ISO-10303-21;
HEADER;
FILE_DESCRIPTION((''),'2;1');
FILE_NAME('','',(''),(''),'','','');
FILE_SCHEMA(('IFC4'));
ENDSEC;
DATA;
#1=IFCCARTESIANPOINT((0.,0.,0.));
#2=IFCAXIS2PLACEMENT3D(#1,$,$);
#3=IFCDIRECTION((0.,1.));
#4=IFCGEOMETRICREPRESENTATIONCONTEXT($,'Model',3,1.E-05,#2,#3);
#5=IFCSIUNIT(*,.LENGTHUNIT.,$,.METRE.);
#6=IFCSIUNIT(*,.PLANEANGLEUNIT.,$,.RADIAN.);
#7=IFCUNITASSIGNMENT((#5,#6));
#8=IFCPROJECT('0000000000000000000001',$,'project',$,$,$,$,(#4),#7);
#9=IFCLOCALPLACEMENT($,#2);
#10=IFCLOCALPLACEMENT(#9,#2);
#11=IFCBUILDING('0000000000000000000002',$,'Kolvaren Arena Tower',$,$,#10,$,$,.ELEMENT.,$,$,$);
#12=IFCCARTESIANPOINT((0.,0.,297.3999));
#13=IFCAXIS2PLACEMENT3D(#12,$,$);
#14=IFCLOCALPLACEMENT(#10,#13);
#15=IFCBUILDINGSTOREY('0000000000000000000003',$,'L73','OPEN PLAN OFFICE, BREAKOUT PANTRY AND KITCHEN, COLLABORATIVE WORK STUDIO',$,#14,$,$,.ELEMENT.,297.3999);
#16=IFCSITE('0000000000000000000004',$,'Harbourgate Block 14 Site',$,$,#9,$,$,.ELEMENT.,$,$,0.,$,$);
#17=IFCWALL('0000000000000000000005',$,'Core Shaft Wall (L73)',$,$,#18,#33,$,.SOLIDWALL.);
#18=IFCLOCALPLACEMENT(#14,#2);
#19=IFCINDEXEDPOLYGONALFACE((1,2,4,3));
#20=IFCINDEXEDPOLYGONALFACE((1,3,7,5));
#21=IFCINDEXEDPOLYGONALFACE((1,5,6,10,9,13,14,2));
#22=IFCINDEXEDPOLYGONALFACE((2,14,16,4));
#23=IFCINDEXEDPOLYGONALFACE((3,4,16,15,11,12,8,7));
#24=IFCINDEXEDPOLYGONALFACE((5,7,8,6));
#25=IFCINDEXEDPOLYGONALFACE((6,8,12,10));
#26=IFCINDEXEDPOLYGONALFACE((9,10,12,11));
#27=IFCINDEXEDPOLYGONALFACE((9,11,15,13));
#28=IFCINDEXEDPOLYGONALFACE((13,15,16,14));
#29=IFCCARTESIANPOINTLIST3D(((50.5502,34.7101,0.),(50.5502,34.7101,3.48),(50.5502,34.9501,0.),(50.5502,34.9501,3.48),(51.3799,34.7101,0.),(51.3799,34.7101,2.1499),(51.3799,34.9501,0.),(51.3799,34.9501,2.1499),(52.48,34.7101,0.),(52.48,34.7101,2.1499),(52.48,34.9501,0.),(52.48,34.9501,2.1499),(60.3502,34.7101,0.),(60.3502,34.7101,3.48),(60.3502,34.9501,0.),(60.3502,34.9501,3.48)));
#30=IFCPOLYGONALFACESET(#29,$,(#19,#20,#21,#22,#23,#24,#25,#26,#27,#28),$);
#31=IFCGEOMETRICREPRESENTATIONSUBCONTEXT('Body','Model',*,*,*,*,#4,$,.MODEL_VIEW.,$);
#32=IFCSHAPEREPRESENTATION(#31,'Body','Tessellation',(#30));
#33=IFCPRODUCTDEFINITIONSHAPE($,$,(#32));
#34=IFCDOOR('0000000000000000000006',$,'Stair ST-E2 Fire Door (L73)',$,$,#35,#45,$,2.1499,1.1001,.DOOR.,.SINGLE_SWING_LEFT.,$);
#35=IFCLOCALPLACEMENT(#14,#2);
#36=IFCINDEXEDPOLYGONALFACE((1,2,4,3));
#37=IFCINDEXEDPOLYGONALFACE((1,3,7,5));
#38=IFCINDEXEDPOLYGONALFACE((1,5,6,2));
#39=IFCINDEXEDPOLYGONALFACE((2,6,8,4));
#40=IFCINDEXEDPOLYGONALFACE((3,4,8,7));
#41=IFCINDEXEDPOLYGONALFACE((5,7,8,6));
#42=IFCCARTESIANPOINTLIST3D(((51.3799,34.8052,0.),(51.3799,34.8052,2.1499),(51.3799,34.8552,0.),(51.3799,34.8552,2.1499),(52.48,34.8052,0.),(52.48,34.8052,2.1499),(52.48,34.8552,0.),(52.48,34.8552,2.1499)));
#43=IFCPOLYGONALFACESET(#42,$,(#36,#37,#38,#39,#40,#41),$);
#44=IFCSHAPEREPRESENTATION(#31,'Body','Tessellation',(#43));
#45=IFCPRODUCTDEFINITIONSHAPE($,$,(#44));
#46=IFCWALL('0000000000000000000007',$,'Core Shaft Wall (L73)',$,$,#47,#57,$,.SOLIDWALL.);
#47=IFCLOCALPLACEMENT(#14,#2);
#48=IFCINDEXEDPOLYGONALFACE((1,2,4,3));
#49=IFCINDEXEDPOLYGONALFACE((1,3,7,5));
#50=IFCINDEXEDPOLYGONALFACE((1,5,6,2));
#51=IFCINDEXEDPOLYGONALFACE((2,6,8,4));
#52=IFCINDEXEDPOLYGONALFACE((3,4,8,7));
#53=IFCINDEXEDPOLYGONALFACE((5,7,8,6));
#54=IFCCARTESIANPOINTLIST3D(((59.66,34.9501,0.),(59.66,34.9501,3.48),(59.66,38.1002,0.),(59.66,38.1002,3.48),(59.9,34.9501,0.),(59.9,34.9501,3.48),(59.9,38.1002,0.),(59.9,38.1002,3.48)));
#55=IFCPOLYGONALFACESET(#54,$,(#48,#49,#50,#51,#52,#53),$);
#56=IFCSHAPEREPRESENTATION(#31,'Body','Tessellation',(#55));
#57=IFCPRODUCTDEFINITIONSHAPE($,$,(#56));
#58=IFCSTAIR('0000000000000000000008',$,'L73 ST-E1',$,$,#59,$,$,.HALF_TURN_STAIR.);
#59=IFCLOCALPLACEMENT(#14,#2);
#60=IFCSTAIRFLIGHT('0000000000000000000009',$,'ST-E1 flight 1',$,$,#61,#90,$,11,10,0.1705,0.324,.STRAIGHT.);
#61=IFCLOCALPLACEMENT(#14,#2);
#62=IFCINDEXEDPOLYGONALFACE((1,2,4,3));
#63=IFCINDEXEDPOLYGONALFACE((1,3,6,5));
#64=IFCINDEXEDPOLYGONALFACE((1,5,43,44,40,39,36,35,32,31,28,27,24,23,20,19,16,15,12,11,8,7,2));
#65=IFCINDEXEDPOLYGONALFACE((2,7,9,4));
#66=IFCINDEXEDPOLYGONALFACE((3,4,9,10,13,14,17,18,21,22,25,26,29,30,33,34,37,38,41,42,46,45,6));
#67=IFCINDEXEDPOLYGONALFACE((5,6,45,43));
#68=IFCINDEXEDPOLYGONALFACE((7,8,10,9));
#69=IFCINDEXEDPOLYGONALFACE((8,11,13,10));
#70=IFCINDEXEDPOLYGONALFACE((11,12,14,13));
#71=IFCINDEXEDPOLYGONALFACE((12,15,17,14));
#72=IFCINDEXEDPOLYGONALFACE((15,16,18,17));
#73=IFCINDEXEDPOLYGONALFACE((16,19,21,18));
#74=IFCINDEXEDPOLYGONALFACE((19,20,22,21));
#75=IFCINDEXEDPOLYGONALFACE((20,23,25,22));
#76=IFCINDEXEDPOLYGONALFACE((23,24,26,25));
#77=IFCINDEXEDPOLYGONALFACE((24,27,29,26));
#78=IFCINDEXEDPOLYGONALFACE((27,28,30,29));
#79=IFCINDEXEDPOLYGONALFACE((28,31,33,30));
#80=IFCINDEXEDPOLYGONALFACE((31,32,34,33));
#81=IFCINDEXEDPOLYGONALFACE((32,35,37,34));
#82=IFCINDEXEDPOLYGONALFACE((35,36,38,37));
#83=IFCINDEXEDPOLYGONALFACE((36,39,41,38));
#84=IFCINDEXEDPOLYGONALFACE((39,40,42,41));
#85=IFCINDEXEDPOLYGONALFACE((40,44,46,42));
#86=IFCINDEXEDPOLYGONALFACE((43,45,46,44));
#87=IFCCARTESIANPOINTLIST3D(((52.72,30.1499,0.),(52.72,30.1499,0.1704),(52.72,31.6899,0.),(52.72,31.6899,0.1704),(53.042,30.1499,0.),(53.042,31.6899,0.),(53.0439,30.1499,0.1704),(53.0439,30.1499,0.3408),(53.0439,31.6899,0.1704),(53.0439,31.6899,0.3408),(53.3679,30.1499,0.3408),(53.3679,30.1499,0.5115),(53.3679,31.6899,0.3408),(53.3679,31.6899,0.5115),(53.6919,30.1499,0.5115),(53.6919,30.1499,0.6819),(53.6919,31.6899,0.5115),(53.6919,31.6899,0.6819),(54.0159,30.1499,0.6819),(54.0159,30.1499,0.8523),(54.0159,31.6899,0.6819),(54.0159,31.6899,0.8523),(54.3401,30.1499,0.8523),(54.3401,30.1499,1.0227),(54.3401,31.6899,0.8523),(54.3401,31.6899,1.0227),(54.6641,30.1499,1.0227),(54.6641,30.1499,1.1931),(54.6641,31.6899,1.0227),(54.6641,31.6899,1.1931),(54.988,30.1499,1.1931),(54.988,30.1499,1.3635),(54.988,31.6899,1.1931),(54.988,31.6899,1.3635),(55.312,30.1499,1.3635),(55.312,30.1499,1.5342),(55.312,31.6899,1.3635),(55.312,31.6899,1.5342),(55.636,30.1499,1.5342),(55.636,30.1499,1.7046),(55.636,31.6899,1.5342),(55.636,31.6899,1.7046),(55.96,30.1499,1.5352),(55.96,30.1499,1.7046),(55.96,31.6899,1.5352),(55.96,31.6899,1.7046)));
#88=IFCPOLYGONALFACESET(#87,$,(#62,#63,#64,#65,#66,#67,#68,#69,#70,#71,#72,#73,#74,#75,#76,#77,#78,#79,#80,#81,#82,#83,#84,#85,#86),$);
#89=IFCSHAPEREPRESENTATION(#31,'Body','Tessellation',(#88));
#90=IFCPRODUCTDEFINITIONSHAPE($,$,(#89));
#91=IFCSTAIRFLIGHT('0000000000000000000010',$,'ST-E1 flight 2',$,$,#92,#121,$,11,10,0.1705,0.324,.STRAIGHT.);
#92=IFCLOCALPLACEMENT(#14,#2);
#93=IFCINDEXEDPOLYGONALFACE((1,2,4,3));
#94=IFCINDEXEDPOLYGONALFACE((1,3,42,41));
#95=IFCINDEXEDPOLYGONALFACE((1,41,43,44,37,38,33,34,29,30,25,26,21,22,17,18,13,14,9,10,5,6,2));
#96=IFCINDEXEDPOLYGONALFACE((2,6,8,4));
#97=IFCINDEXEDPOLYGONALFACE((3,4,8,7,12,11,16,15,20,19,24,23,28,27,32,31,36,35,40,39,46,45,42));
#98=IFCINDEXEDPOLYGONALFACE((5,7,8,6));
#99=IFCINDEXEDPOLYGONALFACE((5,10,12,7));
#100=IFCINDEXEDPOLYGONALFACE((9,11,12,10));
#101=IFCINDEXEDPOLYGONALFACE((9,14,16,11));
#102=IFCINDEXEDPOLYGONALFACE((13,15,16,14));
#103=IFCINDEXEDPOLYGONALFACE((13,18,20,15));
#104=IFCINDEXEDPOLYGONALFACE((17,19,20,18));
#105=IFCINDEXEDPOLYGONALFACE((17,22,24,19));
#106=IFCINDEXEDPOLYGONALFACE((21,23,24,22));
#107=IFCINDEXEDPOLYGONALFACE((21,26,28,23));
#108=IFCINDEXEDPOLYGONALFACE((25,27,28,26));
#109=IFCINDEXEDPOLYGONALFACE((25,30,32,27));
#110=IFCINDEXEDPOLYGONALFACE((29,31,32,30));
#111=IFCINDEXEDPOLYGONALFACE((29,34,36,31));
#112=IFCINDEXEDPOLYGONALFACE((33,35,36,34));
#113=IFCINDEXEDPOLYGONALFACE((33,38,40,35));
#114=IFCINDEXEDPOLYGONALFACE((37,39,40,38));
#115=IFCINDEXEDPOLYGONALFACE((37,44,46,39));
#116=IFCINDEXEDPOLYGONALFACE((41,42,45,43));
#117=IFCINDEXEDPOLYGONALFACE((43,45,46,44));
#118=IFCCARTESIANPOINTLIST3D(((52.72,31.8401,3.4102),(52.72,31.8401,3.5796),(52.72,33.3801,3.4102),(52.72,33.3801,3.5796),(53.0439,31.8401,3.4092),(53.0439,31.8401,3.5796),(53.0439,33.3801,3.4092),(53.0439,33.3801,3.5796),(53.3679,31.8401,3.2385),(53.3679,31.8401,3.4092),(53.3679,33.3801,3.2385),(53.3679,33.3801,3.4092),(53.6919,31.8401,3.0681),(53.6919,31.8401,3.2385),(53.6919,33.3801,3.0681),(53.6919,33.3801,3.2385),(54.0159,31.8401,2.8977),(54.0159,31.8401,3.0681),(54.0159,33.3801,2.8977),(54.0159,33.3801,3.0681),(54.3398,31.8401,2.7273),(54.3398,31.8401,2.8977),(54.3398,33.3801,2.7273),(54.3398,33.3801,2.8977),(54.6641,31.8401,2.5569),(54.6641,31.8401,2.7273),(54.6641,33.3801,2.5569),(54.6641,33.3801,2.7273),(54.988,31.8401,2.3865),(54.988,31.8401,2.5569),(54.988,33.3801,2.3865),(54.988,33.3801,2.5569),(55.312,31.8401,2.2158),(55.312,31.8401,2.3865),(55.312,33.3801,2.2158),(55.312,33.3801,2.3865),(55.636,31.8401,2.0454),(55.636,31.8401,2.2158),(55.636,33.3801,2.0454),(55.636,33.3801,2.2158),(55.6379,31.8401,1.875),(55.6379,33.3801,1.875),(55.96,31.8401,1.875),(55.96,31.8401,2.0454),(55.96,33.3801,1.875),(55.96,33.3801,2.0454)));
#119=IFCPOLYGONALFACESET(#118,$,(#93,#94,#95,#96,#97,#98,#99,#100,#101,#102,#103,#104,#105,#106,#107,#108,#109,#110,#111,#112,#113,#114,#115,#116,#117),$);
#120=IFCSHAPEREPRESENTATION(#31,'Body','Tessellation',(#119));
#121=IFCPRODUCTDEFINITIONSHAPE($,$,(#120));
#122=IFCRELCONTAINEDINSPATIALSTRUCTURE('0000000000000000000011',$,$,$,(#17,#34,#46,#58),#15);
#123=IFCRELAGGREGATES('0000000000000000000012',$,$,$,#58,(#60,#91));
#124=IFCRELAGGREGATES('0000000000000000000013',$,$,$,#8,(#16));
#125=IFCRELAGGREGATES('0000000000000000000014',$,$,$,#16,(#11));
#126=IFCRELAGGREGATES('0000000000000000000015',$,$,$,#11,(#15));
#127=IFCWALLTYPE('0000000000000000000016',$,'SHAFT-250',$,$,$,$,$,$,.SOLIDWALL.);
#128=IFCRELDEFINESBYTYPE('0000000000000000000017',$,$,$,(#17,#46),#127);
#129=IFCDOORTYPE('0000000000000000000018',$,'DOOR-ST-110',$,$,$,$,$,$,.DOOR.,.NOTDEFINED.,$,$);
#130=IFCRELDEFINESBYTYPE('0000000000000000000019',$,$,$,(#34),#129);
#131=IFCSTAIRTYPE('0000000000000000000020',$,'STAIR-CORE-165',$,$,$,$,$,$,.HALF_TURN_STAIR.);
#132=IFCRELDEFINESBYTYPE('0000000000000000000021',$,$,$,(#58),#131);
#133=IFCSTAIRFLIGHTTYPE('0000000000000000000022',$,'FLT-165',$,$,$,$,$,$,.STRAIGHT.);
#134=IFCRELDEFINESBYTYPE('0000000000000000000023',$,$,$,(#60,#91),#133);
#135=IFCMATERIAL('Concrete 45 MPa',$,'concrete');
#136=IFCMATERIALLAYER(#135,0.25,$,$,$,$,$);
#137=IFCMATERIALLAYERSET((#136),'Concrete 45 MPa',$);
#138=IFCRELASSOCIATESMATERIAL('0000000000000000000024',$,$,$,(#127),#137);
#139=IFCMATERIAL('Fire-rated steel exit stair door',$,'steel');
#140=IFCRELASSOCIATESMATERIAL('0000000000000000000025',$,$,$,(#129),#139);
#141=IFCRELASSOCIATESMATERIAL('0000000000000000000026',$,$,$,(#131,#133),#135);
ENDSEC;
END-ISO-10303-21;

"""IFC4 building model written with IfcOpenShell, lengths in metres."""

from ifc_helpers import new_model, si_unit, direction, frame, frame_2d, origin, place, context, subcontext, project, spatial, polyline, rectangle, outline, extrude, material, layer, layer_set, type_object, element, fill, aggregate, save


model = new_model("IFC4")

# Units and contexts
model_context = context("Model", 3, precision=1e-05, world=origin(), true_north=direction((0.0, 1.0)))
body_context = subcontext(model_context, "Body", "Model", "MODEL_VIEW")
ifc_project = project(units=[si_unit("LENGTHUNIT", "METRE"), si_unit("PLANEANGLEUNIT", "RADIAN")], contexts=[model_context])

# Site, building, storey
site_placement = place(None, origin())
site = spatial("IfcSite", under=ifc_project, at=site_placement, Name="Harbourgate Block 14 Site", CompositionType="ELEMENT", RefElevation=0.0)
building_placement = place(site_placement, origin())
building = spatial("IfcBuilding", under=site, at=building_placement, Name="Kolvaren Arena Tower", CompositionType="ELEMENT")
storey_placement = place(building_placement, frame((0.0, 0.0, 297.3999)))
storey = spatial("IfcBuildingStorey", under=building, at=storey_placement, Name="L73", Description="OPEN PLAN OFFICE, BREAKOUT PANTRY AND KITCHEN, COLLABORATIVE WORK STUDIO", CompositionType="ELEMENT", Elevation=297.3999)

# Shared definitions
ifc_material_1 = material(Name="Concrete 45 MPa", Category="concrete")
ifc_layer = layer(ifc_material_1, 0.25)
ifc_layer_set = layer_set([ifc_layer], Name="Concrete 45 MPa")
wall_type = type_object("IfcWallType", Name="SHAFT-250", PredefinedType="SOLIDWALL", material=ifc_layer_set)
ifc_material_2 = material(Name="Fire-rated steel exit stair door", Category="steel")
door_type = type_object("IfcDoorType", Name="DOOR-ST-110", OperationType="NOTDEFINED", PredefinedType="DOOR", material=ifc_material_2)

# Wall, opening, door
wall_1_placement = place(storey_placement, frame((60.3501, 34.8301, 0.0), z_axis=(0.0, 0.0, 1.0), x_axis=(-1.0, 0.0, 0.0)))
wall_1 = element("IfcWall", 1, at=wall_1_placement, inside=storey, type_object=wall_type, Name="Core Shaft Wall (L73)", PredefinedType="SOLIDWALL", context=body_context, shape_type="SweptSolid", body=[
    extrude(rectangle(XDim=9.8, YDim=0.24, at=frame_2d((4.8999, 0.0))), origin(), (0.0, 0.0, 1.0), 3.48),
])
opening_1_placement = place(wall_1_placement, frame((7.8701, 0.0, 0.0)))
opening_1 = element("IfcOpeningElement", 2, at=opening_1_placement, cuts=wall_1, PredefinedType="OPENING", context=body_context, shape_type="SweptSolid", body=[
    extrude(rectangle(XDim=1.1001, YDim=2.1499, at=frame_2d((0.55, 1.075))), frame((0.0, 0.1299, 0.0), z_axis=(0.0, -1.0, 0.0), x_axis=(1.0, 0.0, 0.0)), (0.0, 0.0, 1.0), 0.26),
])
door_1_placement = place(opening_1_placement, origin())
door_1 = element("IfcDoor", 3, at=door_1_placement, inside=storey, type_object=door_type, Name="Stair ST-E2 Fire Door (L73)", OperationType="SINGLE_SWING_LEFT", OverallHeight=2.1499, OverallWidth=1.1001, PredefinedType="DOOR", context=body_context, shape_type="SweptSolid", body=[
    extrude(rectangle(XDim=1.1001, YDim=2.1499, at=frame_2d((0.55, 1.075))), frame((0.0, 0.0249, 0.0), z_axis=(0.0, -1.0, 0.0), x_axis=(1.0, 0.0, 0.0)), (0.0, 0.0, 1.0), 0.05),
])
fill(opening_1, door_1)

# Wall
wall_2_placement = place(storey_placement, frame((59.78, 34.95, 0.0), z_axis=(0.0, 0.0, 1.0), x_axis=(0.0, 1.0, 0.0)))
element("IfcWall", 4, at=wall_2_placement, inside=storey, type_object=wall_type, Name="Core Shaft Wall (L73)", PredefinedType="SOLIDWALL", context=body_context, shape_type="SweptSolid", body=[
    extrude(rectangle(XDim=3.1501, YDim=0.24, at=frame_2d((1.5752, 0.0))), origin(), (0.0, 0.0, 1.0), 3.48),
])

# Stair, stair flights
stair_type = type_object("IfcStairType", Name="STAIR-CORE-165", PredefinedType="HALF_TURN_STAIR", material=ifc_material_1)
stair_placement = place(storey_placement, origin())
stair = element("IfcStair", 5, at=stair_placement, inside=storey, type_object=stair_type, Name="L73 ST-E1", PredefinedType="HALF_TURN_STAIR")
stair_flight_type = type_object("IfcStairFlightType", Name="FLT-165", PredefinedType="STRAIGHT", material=ifc_material_1)
stair_flight_1_placement = place(storey_placement, frame((52.72, 30.9199, 0.0), z_axis=(0.0, 0.0, 1.0), x_axis=(1.0, 0.0, 0.0)))
stair_flight_1 = element("IfcStairFlight", 6, at=stair_flight_1_placement, type_object=stair_flight_type, Name="ST-E1 flight 1", NumberOfRisers=11, NumberOfTreads=10, PredefinedType="STRAIGHT", RiserHeight=0.1705, TreadLength=0.324, context=body_context, shape_type="SweptSolid", body=[
    extrude(outline(polyline([(0.0, 0.0), (0.0, 0.1704), (0.324, 0.1704), (0.324, 0.3408), (0.6479, 0.3408), (0.6479, 0.5115), (0.9719, 0.5115), (0.9719, 0.6819), (1.2959, 0.6819), (1.2959, 0.8523), (1.6201, 0.8523), (1.6201, 1.0227), (1.9441, 1.0227), (1.9441, 1.1931), (2.2681, 1.1931), (2.2681, 1.3635), (2.592, 1.3635), (2.592, 1.5342), (2.916, 1.5342), (2.916, 1.7046), (3.24, 1.7046), (3.24, 1.875), (3.24, 1.5352), (0.322, 0.0), (0.0, 0.0)])), frame((0.0, 0.77, 0.0), z_axis=(0.0, -1.0, 0.0), x_axis=(1.0, 0.0, 0.0)), (0.0, 0.0, 1.0), 1.54),
])
stair_flight_2_placement = place(storey_placement, frame((55.96, 32.6101, 1.875), z_axis=(0.0, 0.0, 1.0), x_axis=(-1.0, 0.0, 0.0)))
stair_flight_2 = element("IfcStairFlight", 7, at=stair_flight_2_placement, type_object=stair_flight_type, Name="ST-E1 flight 2", NumberOfRisers=11, NumberOfTreads=10, PredefinedType="STRAIGHT", RiserHeight=0.1705, TreadLength=0.324, context=body_context, shape_type="SweptSolid", body=[
    extrude(outline(polyline([(0.0, 0.0), (0.0, 0.1704), (0.324, 0.1704), (0.324, 0.3408), (0.6479, 0.3408), (0.6479, 0.5115), (0.9719, 0.5115), (0.9719, 0.6819), (1.2959, 0.6819), (1.2959, 0.8523), (1.6201, 0.8523), (1.6201, 1.0227), (1.9441, 1.0227), (1.9441, 1.1931), (2.2681, 1.1931), (2.2681, 1.3635), (2.592, 1.3635), (2.592, 1.5342), (2.916, 1.5342), (2.916, 1.7046), (3.24, 1.7046), (3.24, 1.875), (3.24, 1.5352), (0.322, 0.0), (0.0, 0.0)])), frame((0.0, 0.77, 0.0), z_axis=(0.0, -1.0, 0.0), x_axis=(1.0, 0.0, 0.0)), (0.0, 0.0, 1.0), 1.54),
])
aggregate(stair, [stair_flight_1, stair_flight_2])

save(model, "model.ifc")
